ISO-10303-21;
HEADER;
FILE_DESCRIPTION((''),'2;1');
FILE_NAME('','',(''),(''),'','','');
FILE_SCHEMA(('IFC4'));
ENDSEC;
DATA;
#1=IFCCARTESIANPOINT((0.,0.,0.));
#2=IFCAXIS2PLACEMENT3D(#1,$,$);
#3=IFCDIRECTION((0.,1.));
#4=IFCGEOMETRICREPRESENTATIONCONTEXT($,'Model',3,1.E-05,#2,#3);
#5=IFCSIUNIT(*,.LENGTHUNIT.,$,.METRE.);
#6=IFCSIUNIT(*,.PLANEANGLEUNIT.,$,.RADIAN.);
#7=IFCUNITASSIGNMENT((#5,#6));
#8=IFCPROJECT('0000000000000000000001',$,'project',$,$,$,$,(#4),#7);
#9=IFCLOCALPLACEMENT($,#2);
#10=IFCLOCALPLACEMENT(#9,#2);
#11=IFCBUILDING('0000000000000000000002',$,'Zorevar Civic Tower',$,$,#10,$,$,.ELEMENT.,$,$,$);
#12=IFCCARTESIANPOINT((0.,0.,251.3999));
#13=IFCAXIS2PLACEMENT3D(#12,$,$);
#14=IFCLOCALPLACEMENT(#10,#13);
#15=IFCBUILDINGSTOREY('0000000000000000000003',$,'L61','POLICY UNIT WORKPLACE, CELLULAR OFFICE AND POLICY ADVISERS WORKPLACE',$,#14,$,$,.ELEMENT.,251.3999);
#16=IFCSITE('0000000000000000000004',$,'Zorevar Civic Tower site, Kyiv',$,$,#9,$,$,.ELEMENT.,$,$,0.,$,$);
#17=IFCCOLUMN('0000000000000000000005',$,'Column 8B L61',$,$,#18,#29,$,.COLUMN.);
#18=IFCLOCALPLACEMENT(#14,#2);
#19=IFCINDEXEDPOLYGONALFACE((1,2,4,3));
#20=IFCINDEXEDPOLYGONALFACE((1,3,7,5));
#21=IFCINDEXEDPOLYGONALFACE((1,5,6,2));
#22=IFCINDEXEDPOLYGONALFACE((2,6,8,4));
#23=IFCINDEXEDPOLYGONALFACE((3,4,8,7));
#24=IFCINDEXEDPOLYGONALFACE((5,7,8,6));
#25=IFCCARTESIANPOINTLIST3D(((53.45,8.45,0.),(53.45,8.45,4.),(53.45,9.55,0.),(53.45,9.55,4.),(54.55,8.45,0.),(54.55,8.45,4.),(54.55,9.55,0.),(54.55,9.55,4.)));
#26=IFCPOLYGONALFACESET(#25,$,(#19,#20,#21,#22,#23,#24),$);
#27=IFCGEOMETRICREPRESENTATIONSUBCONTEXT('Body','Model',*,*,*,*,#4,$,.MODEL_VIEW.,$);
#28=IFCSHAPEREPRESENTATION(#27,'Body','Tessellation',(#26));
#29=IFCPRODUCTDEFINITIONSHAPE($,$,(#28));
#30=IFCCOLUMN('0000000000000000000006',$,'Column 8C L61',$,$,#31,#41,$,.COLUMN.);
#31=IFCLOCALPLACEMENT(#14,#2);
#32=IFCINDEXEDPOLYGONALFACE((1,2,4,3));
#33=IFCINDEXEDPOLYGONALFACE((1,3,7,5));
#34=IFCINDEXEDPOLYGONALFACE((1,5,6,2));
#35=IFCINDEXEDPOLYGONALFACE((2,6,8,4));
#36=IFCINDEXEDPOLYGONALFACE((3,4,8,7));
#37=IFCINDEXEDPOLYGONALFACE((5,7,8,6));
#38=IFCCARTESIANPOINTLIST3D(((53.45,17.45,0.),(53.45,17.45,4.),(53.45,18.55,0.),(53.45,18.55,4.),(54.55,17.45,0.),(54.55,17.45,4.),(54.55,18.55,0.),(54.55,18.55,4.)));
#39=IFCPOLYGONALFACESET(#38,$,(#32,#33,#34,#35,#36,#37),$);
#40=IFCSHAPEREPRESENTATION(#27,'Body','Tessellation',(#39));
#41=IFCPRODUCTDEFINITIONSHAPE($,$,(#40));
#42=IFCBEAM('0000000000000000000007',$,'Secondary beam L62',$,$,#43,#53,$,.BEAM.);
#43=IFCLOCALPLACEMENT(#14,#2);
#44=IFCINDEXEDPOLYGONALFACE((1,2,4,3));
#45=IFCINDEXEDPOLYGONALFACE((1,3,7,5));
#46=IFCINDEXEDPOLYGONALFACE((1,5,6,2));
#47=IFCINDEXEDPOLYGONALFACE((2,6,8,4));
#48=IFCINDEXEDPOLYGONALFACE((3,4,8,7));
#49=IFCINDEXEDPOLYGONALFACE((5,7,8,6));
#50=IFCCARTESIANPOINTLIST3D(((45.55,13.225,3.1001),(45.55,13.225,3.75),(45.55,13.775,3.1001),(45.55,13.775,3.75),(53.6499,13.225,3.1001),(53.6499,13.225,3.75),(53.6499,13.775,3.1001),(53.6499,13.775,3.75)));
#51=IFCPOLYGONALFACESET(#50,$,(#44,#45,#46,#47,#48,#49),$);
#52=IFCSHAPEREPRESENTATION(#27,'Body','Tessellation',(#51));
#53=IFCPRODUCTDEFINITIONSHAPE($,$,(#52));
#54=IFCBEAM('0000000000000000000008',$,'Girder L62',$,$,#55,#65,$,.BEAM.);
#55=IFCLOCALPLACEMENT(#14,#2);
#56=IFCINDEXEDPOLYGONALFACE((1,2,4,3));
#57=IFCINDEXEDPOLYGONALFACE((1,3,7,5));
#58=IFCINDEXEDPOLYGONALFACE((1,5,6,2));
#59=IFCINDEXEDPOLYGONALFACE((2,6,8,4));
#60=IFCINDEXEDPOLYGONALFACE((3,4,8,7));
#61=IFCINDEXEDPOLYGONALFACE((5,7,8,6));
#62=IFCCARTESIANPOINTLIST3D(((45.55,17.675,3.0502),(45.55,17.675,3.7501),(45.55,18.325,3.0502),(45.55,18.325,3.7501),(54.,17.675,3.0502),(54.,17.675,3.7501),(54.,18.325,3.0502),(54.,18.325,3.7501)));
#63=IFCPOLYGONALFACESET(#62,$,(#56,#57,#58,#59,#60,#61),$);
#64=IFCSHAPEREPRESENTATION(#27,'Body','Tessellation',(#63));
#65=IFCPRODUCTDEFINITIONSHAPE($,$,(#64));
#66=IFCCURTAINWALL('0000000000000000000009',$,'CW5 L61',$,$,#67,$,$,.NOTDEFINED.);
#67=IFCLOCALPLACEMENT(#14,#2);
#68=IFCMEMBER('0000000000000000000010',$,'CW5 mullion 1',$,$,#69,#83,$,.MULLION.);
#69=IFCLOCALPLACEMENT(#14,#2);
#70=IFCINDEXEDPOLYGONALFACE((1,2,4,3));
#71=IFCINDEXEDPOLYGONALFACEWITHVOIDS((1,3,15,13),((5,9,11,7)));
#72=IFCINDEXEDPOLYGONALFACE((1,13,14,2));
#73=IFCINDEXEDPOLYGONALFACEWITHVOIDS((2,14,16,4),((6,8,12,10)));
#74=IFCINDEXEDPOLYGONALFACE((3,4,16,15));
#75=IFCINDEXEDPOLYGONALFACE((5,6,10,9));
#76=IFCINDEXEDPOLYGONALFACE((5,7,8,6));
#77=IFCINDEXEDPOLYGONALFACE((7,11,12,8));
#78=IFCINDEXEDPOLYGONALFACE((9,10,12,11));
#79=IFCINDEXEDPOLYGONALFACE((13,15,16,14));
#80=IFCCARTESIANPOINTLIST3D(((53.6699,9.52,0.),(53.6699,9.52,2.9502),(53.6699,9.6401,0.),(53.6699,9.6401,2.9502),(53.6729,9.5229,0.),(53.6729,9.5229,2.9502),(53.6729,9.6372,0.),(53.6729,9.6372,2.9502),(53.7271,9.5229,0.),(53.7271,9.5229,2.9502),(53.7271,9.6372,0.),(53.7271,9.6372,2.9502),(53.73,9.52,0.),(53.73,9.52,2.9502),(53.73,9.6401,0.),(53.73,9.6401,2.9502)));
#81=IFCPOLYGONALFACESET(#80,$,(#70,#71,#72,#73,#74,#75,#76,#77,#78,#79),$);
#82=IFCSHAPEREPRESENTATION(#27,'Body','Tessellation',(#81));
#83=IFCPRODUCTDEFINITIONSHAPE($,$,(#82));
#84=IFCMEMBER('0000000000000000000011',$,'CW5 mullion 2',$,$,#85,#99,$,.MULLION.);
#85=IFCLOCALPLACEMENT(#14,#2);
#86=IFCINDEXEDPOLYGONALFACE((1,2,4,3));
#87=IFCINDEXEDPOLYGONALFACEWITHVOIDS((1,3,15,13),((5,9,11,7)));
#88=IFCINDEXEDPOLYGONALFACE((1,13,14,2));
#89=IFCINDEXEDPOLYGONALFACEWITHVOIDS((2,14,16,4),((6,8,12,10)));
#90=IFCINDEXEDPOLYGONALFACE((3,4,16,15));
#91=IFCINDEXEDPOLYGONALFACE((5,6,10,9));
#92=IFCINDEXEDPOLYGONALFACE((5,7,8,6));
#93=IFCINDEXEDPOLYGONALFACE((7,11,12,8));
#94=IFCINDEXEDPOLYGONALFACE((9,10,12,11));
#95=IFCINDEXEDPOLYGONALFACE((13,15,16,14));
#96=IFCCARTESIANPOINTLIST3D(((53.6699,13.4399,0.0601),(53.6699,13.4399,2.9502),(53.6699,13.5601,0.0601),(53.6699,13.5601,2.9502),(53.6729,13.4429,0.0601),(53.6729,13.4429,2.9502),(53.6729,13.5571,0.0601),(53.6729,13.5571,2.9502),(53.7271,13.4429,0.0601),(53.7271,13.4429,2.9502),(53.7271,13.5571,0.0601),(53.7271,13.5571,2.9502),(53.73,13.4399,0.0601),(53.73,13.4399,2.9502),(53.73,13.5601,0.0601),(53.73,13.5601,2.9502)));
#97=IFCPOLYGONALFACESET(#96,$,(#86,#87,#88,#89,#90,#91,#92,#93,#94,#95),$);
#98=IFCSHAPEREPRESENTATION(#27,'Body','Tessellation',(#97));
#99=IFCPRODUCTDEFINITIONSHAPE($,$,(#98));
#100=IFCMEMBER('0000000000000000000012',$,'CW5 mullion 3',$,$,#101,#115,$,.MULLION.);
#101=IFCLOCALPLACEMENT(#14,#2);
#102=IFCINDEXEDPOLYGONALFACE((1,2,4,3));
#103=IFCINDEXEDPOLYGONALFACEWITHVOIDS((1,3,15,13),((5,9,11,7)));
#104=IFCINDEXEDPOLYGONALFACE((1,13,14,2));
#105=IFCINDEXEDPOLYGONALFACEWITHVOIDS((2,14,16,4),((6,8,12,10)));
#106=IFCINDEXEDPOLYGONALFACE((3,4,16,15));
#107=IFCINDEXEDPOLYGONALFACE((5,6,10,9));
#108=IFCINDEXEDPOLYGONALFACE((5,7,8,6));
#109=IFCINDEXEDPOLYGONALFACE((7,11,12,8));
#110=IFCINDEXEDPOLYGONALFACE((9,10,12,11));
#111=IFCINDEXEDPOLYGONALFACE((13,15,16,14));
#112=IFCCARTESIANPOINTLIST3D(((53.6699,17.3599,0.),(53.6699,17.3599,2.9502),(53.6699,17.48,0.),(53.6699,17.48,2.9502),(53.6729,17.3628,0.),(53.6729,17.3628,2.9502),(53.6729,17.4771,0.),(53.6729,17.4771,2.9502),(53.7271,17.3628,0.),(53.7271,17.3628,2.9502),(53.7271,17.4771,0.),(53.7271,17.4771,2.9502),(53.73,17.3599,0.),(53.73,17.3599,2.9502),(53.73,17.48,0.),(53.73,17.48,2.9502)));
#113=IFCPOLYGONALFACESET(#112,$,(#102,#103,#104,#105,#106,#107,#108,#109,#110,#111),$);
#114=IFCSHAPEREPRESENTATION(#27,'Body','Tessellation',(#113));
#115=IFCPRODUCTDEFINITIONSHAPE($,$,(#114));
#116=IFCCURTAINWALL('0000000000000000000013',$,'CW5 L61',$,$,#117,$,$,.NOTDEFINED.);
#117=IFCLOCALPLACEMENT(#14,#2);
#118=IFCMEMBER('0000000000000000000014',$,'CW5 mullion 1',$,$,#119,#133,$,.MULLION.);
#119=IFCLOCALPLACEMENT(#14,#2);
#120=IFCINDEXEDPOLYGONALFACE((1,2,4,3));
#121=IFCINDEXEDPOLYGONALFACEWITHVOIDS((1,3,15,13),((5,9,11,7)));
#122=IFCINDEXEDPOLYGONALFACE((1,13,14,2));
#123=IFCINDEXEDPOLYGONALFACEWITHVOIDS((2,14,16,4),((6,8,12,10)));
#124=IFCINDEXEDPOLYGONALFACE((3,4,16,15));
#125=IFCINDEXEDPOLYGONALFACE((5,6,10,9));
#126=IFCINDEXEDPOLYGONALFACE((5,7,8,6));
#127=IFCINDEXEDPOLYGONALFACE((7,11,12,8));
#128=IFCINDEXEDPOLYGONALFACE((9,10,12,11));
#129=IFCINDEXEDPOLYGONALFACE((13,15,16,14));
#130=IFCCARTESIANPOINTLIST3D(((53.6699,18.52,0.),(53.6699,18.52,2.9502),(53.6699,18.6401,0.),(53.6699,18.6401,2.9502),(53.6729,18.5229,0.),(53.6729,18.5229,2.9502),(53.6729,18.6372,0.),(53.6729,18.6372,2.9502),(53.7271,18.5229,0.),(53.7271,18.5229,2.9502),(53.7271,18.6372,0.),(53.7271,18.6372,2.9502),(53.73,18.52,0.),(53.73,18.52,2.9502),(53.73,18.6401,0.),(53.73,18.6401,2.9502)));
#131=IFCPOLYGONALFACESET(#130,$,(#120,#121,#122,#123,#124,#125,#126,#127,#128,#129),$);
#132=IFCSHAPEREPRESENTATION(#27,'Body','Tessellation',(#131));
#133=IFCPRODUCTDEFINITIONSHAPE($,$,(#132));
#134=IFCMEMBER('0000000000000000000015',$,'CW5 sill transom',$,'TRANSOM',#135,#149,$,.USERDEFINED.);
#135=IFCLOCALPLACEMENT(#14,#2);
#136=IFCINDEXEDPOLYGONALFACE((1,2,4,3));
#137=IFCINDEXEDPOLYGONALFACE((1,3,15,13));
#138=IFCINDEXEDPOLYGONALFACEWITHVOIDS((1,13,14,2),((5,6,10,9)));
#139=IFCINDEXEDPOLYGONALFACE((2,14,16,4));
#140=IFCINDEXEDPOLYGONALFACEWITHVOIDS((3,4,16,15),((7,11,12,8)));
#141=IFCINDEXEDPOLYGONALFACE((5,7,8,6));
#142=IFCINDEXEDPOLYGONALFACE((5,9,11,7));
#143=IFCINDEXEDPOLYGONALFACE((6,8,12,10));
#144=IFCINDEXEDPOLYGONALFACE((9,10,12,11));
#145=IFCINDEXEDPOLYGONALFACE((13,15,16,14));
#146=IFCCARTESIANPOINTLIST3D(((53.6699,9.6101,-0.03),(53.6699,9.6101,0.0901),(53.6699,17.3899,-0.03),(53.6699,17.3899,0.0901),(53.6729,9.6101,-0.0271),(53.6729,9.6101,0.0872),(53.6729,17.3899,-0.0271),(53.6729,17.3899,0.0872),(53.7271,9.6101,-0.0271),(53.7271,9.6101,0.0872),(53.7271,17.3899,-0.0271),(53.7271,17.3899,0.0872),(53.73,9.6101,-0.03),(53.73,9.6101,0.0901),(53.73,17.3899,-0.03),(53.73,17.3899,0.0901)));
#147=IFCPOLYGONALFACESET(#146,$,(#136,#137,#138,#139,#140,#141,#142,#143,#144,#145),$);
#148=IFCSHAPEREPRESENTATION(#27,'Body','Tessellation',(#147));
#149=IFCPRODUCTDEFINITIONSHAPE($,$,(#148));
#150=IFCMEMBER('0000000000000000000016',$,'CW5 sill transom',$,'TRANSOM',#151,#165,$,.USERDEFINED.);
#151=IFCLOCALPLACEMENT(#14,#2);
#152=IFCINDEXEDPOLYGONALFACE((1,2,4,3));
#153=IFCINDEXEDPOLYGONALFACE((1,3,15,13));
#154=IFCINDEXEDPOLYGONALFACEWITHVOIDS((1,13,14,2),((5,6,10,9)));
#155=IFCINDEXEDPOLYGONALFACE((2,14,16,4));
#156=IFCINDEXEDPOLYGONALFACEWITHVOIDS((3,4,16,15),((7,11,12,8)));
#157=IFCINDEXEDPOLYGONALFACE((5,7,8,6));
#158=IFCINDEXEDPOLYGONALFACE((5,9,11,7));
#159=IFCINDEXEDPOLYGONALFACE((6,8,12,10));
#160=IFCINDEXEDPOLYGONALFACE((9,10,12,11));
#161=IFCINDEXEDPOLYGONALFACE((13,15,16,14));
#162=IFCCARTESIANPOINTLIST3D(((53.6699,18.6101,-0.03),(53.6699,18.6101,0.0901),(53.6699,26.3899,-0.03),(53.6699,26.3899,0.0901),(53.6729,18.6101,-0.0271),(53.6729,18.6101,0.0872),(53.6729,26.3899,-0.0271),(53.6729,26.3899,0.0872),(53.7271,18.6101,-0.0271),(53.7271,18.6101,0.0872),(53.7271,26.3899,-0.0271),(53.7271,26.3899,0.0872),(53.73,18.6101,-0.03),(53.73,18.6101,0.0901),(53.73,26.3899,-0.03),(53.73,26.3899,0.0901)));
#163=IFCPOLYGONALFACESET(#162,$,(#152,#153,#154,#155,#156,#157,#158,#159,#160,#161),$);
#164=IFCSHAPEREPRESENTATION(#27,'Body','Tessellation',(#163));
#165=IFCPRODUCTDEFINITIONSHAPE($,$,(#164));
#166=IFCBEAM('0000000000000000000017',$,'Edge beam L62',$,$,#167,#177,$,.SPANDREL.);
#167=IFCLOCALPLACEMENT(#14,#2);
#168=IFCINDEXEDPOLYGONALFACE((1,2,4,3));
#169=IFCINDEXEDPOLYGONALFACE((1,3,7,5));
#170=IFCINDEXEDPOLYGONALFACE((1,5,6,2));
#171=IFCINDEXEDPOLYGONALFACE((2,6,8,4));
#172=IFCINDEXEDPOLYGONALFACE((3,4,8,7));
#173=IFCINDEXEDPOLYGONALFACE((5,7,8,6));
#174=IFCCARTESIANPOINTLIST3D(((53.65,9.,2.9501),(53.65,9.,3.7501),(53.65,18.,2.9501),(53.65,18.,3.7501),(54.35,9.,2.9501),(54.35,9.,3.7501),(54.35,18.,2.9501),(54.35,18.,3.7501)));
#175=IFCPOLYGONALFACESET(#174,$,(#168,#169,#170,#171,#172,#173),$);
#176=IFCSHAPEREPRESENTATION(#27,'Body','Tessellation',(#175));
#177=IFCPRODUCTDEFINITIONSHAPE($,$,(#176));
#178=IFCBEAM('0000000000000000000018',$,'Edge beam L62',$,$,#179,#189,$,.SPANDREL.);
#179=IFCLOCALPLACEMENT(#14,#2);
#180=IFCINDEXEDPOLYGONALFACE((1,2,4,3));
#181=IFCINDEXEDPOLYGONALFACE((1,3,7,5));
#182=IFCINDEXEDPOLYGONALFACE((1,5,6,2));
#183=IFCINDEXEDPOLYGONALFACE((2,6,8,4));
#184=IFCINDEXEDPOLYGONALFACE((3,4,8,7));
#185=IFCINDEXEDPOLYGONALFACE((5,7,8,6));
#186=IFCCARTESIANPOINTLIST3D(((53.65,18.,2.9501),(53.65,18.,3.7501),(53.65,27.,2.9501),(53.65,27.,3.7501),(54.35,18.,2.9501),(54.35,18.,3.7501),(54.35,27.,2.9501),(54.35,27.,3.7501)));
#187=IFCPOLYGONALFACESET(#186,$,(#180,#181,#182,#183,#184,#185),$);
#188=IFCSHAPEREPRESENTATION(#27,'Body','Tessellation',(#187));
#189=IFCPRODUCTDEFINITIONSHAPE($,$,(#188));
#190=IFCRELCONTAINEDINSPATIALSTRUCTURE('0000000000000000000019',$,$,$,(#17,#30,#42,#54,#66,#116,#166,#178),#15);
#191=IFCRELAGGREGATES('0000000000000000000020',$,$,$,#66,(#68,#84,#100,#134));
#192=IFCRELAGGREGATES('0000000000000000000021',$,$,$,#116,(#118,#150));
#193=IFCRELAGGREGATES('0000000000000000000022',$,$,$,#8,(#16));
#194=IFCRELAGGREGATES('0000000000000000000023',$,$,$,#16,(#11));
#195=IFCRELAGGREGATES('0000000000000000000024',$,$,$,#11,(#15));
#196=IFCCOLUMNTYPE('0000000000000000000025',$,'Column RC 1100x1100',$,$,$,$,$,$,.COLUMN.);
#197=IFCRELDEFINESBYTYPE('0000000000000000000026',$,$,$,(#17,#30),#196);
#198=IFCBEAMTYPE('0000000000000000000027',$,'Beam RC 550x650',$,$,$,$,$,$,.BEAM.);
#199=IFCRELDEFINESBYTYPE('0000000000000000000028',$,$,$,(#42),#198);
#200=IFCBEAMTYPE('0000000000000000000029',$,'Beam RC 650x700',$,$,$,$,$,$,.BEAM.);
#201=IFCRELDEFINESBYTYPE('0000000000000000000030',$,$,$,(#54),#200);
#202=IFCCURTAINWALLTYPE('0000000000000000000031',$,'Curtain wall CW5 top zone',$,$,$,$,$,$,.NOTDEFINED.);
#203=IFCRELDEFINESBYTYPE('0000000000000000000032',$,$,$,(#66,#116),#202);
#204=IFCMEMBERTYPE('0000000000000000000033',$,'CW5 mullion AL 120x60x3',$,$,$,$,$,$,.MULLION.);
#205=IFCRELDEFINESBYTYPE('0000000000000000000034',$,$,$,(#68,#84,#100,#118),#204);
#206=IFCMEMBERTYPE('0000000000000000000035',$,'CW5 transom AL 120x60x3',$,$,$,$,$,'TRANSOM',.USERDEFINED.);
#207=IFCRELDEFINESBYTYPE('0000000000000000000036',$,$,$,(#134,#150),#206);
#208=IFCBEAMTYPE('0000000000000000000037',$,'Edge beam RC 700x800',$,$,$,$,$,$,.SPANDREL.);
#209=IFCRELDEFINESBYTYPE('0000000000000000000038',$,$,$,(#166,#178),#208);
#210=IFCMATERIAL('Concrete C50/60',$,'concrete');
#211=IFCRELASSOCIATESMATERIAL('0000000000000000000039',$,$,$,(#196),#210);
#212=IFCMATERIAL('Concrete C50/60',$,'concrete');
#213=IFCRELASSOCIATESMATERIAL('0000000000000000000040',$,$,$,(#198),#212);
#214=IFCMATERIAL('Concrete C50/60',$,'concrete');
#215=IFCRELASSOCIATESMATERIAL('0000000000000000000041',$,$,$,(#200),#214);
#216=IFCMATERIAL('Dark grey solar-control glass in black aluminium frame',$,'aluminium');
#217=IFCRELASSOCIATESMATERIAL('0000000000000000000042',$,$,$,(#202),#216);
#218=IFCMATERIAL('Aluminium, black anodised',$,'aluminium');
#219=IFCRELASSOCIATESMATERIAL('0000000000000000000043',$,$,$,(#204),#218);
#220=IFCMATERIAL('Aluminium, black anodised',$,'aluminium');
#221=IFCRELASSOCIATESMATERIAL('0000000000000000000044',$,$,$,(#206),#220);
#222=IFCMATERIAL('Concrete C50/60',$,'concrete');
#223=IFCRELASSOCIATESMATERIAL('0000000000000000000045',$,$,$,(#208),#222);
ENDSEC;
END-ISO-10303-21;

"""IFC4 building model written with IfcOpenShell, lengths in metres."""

from ifc_helpers import new_model, si_unit, direction, frame, origin, origin_2d, place, context, subcontext, project, spatial, rectangle, hollow_rectangle, extrude, material, material_profile, profile_set, type_object, element, aggregate, save


model = new_model("IFC4")

# Units and contexts
model_context = context("Model", 3, precision=1e-05, world=origin(), true_north=direction((0.0, 1.0)))
body_context = subcontext(model_context, "Body", "Model", "MODEL_VIEW")
ifc_project = project(units=[si_unit("LENGTHUNIT", "METRE"), si_unit("PLANEANGLEUNIT", "RADIAN")], contexts=[model_context])

# Site, building, storey
site_placement = place(None, origin())
site = spatial("IfcSite", under=ifc_project, at=site_placement, Name="Zorevar Civic Tower site, Kyiv", CompositionType="ELEMENT", RefElevation=0.0)
building_placement = place(site_placement, origin())
building = spatial("IfcBuilding", under=site, at=building_placement, Name="Zorevar Civic Tower", CompositionType="ELEMENT")
storey_placement = place(building_placement, frame((0.0, 0.0, 251.3999)))
storey = spatial("IfcBuildingStorey", under=building, at=storey_placement, Name="L61", Description="POLICY UNIT WORKPLACE, CELLULAR OFFICE AND POLICY ADVISERS WORKPLACE", CompositionType="ELEMENT", Elevation=251.3999)

# Columns
ifc_material_1 = material(Name="Concrete C50/60", Category="concrete")
ifc_material_profile_1 = material_profile(ifc_material_1, rectangle(XDim=1.1001, YDim=1.1001, at=origin_2d()), Name="RC 1100x1100")
ifc_profile_set_1 = profile_set([ifc_material_profile_1], Name="Concrete C50/60")
column_type = type_object("IfcColumnType", Name="Column RC 1100x1100", PredefinedType="COLUMN", material=ifc_profile_set_1)
for number, where, z_axis, x_axis, name in (
    (1, (54.0, 9.0, 0.0), (0.0, 0.0, 1.0), (1.0, 0.0, 0.0), "Column 8B L61"),
    (2, (54.0, 18.0, 0.0), (0.0, 0.0, 1.0), (1.0, 0.0, 0.0), "Column 8C L61"),
):
    element("IfcColumn", number, at=place(storey_placement, frame(where, z_axis=z_axis, x_axis=x_axis)), inside=storey, type_object=column_type, Name=name, PredefinedType="COLUMN", context=body_context, shape_type="SweptSolid", body=[
        extrude(rectangle(XDim=1.1001, YDim=1.1001, at=origin_2d()), origin(), (0.0, 0.0, 1.0), 4.0),
    ])

# Beams
ifc_material_2 = material(Name="Concrete C50/60", Category="concrete")
ifc_material_profile_2 = material_profile(ifc_material_2, rectangle(XDim=0.55, YDim=0.6499, at=origin_2d()), Name="RC 550x650")
ifc_profile_set_2 = profile_set([ifc_material_profile_2], Name="Concrete C50/60")
beam_type_1 = type_object("IfcBeamType", Name="Beam RC 550x650", PredefinedType="BEAM", material=ifc_profile_set_2)
beam_1_placement = place(storey_placement, frame((45.55, 13.5, 3.425), z_axis=(1.0, 0.0, 0.0), x_axis=(0.0, 1.0, 0.0)))
element("IfcBeam", 3, at=beam_1_placement, inside=storey, type_object=beam_type_1, Name="Secondary beam L62", PredefinedType="BEAM", context=body_context, shape_type="SweptSolid", body=[
    extrude(rectangle(XDim=0.55, YDim=0.6499, at=origin_2d()), origin(), (0.0, 0.0, 1.0), 8.0999),
])
ifc_material_3 = material(Name="Concrete C50/60", Category="concrete")
ifc_material_profile_3 = material_profile(ifc_material_3, rectangle(XDim=0.6499, YDim=0.7, at=origin_2d()), Name="RC 650x700")
ifc_profile_set_3 = profile_set([ifc_material_profile_3], Name="Concrete C50/60")
beam_type_2 = type_object("IfcBeamType", Name="Beam RC 650x700", PredefinedType="BEAM", material=ifc_profile_set_3)
beam_2_placement = place(storey_placement, frame((45.55, 18.0, 3.4001), z_axis=(1.0, 0.0, 0.0), x_axis=(0.0, 1.0, 0.0)))
element("IfcBeam", 4, at=beam_2_placement, inside=storey, type_object=beam_type_2, Name="Girder L62", PredefinedType="BEAM", context=body_context, shape_type="SweptSolid", body=[
    extrude(rectangle(XDim=0.6499, YDim=0.7, at=origin_2d()), origin(), (0.0, 0.0, 1.0), 8.45),
])

# Curtain wall, members
ifc_material_4 = material(Name="Dark grey solar-control glass in black aluminium frame", Category="aluminium")
curtain_wall_type = type_object("IfcCurtainWallType", Name="Curtain wall CW5 top zone", PredefinedType="NOTDEFINED", material=ifc_material_4)
curtain_wall_1_placement = place(storey_placement, origin())
curtain_wall_1 = element("IfcCurtainWall", 5, at=curtain_wall_1_placement, inside=storey, type_object=curtain_wall_type, Name="CW5 L61", PredefinedType="NOTDEFINED")
ifc_material_5 = material(Name="Aluminium, black anodised", Category="aluminium")
ifc_material_profile_4 = material_profile(ifc_material_5, hollow_rectangle(XDim=0.0601, YDim=0.1201, WallThickness=0.0029, at=origin_2d()), Name="AL 120x60x3")
ifc_profile_set_4 = profile_set([ifc_material_profile_4], Name="Aluminium, black anodised")
member_type_1 = type_object("IfcMemberType", Name="CW5 mullion AL 120x60x3", PredefinedType="MULLION", material=ifc_profile_set_4)
member_1_placement = place(storey_placement, frame((53.7, 9.5801, 0.0), z_axis=(0.0, 0.0, 1.0), x_axis=(-1.0, 0.0, 0.0)))
member_1 = element("IfcMember", 6, at=member_1_placement, type_object=member_type_1, Name="CW5 mullion 1", PredefinedType="MULLION", context=body_context, shape_type="SweptSolid", body=[
    extrude(hollow_rectangle(XDim=0.0601, YDim=0.1201, WallThickness=0.0029, at=origin_2d()), origin(), (0.0, 0.0, 1.0), 2.9502),
])
member_2_placement = place(storey_placement, frame((53.7, 13.5, 0.0601), z_axis=(0.0, 0.0, 1.0), x_axis=(-1.0, 0.0, 0.0)))
member_2 = element("IfcMember", 7, at=member_2_placement, type_object=member_type_1, Name="CW5 mullion 2", PredefinedType="MULLION", context=body_context, shape_type="SweptSolid", body=[
    extrude(hollow_rectangle(XDim=0.0601, YDim=0.1201, WallThickness=0.0029, at=origin_2d()), origin(), (0.0, 0.0, 1.0), 2.8901),
])
member_3_placement = place(storey_placement, frame((53.7, 17.4199, 0.0), z_axis=(0.0, 0.0, 1.0), x_axis=(-1.0, 0.0, 0.0)))
member_3 = element("IfcMember", 8, at=member_3_placement, type_object=member_type_1, Name="CW5 mullion 3", PredefinedType="MULLION", context=body_context, shape_type="SweptSolid", body=[
    extrude(hollow_rectangle(XDim=0.0601, YDim=0.1201, WallThickness=0.0029, at=origin_2d()), origin(), (0.0, 0.0, 1.0), 2.9502),
])

# Curtain wall, member
curtain_wall_2_placement = place(storey_placement, origin())
curtain_wall_2 = element("IfcCurtainWall", 9, at=curtain_wall_2_placement, inside=storey, type_object=curtain_wall_type, Name="CW5 L61", PredefinedType="NOTDEFINED")
member_4_placement = place(storey_placement, frame((53.7, 18.5801, 0.0), z_axis=(0.0, 0.0, 1.0), x_axis=(-1.0, 0.0, 0.0)))
member_4 = element("IfcMember", 10, at=member_4_placement, type_object=member_type_1, Name="CW5 mullion 1", PredefinedType="MULLION", context=body_context, shape_type="SweptSolid", body=[
    extrude(hollow_rectangle(XDim=0.0601, YDim=0.1201, WallThickness=0.0029, at=origin_2d()), origin(), (0.0, 0.0, 1.0), 2.9502),
])

# Members
ifc_material_6 = material(Name="Aluminium, black anodised", Category="aluminium")
ifc_material_profile_5 = material_profile(ifc_material_6, hollow_rectangle(XDim=0.0601, YDim=0.1201, WallThickness=0.0029, at=origin_2d()), Name="AL 120x60x3")
ifc_profile_set_5 = profile_set([ifc_material_profile_5], Name="Aluminium, black anodised")
member_type_2 = type_object("IfcMemberType", Name="CW5 transom AL 120x60x3", ElementType="TRANSOM", PredefinedType="USERDEFINED", material=ifc_profile_set_5)
member_5_placement = place(storey_placement, frame((53.7, 9.6101, 0.03), z_axis=(0.0, 1.0, 0.0), x_axis=(-1.0, 0.0, 0.0)))
member_5 = element("IfcMember", 11, at=member_5_placement, type_object=member_type_2, Name="CW5 sill transom", ObjectType="TRANSOM", PredefinedType="USERDEFINED", context=body_context, shape_type="SweptSolid", body=[
    extrude(hollow_rectangle(XDim=0.0601, YDim=0.1201, WallThickness=0.0029, at=origin_2d()), origin(), (0.0, 0.0, 1.0), 7.7798),
])
member_6_placement = place(storey_placement, frame((53.7, 18.6101, 0.03), z_axis=(0.0, 1.0, 0.0), x_axis=(-1.0, 0.0, 0.0)))
member_6 = element("IfcMember", 12, at=member_6_placement, type_object=member_type_2, Name="CW5 sill transom", ObjectType="TRANSOM", PredefinedType="USERDEFINED", context=body_context, shape_type="SweptSolid", body=[
    extrude(hollow_rectangle(XDim=0.0601, YDim=0.1201, WallThickness=0.0029, at=origin_2d()), origin(), (0.0, 0.0, 1.0), 7.7798),
])

# Beams
ifc_material_7 = material(Name="Concrete C50/60", Category="concrete")
ifc_material_profile_6 = material_profile(ifc_material_7, rectangle(XDim=0.7, YDim=0.8, at=origin_2d()), Name="RC 700x800")
ifc_profile_set_6 = profile_set([ifc_material_profile_6], Name="Concrete C50/60")
beam_type_3 = type_object("IfcBeamType", Name="Edge beam RC 700x800", PredefinedType="SPANDREL", material=ifc_profile_set_6)
for number, where, z_axis, x_axis, name in (
    (13, (54.0, 9.0, 3.3501), (0.0, 1.0, 0.0), (-1.0, 0.0, 0.0), "Edge beam L62"),
    (14, (54.0, 18.0, 3.3501), (0.0, 1.0, 0.0), (-1.0, 0.0, 0.0), "Edge beam L62"),
):
    element("IfcBeam", number, at=place(storey_placement, frame(where, z_axis=z_axis, x_axis=x_axis)), inside=storey, type_object=beam_type_3, Name=name, PredefinedType="SPANDREL", context=body_context, shape_type="SweptSolid", body=[
        extrude(rectangle(XDim=0.7, YDim=0.8, at=origin_2d()), origin(), (0.0, 0.0, 1.0), 9.0),
    ])

aggregate(curtain_wall_1, [member_1, member_2, member_3, member_5])
aggregate(curtain_wall_2, [member_4, member_6])

save(model, "model.ifc")
